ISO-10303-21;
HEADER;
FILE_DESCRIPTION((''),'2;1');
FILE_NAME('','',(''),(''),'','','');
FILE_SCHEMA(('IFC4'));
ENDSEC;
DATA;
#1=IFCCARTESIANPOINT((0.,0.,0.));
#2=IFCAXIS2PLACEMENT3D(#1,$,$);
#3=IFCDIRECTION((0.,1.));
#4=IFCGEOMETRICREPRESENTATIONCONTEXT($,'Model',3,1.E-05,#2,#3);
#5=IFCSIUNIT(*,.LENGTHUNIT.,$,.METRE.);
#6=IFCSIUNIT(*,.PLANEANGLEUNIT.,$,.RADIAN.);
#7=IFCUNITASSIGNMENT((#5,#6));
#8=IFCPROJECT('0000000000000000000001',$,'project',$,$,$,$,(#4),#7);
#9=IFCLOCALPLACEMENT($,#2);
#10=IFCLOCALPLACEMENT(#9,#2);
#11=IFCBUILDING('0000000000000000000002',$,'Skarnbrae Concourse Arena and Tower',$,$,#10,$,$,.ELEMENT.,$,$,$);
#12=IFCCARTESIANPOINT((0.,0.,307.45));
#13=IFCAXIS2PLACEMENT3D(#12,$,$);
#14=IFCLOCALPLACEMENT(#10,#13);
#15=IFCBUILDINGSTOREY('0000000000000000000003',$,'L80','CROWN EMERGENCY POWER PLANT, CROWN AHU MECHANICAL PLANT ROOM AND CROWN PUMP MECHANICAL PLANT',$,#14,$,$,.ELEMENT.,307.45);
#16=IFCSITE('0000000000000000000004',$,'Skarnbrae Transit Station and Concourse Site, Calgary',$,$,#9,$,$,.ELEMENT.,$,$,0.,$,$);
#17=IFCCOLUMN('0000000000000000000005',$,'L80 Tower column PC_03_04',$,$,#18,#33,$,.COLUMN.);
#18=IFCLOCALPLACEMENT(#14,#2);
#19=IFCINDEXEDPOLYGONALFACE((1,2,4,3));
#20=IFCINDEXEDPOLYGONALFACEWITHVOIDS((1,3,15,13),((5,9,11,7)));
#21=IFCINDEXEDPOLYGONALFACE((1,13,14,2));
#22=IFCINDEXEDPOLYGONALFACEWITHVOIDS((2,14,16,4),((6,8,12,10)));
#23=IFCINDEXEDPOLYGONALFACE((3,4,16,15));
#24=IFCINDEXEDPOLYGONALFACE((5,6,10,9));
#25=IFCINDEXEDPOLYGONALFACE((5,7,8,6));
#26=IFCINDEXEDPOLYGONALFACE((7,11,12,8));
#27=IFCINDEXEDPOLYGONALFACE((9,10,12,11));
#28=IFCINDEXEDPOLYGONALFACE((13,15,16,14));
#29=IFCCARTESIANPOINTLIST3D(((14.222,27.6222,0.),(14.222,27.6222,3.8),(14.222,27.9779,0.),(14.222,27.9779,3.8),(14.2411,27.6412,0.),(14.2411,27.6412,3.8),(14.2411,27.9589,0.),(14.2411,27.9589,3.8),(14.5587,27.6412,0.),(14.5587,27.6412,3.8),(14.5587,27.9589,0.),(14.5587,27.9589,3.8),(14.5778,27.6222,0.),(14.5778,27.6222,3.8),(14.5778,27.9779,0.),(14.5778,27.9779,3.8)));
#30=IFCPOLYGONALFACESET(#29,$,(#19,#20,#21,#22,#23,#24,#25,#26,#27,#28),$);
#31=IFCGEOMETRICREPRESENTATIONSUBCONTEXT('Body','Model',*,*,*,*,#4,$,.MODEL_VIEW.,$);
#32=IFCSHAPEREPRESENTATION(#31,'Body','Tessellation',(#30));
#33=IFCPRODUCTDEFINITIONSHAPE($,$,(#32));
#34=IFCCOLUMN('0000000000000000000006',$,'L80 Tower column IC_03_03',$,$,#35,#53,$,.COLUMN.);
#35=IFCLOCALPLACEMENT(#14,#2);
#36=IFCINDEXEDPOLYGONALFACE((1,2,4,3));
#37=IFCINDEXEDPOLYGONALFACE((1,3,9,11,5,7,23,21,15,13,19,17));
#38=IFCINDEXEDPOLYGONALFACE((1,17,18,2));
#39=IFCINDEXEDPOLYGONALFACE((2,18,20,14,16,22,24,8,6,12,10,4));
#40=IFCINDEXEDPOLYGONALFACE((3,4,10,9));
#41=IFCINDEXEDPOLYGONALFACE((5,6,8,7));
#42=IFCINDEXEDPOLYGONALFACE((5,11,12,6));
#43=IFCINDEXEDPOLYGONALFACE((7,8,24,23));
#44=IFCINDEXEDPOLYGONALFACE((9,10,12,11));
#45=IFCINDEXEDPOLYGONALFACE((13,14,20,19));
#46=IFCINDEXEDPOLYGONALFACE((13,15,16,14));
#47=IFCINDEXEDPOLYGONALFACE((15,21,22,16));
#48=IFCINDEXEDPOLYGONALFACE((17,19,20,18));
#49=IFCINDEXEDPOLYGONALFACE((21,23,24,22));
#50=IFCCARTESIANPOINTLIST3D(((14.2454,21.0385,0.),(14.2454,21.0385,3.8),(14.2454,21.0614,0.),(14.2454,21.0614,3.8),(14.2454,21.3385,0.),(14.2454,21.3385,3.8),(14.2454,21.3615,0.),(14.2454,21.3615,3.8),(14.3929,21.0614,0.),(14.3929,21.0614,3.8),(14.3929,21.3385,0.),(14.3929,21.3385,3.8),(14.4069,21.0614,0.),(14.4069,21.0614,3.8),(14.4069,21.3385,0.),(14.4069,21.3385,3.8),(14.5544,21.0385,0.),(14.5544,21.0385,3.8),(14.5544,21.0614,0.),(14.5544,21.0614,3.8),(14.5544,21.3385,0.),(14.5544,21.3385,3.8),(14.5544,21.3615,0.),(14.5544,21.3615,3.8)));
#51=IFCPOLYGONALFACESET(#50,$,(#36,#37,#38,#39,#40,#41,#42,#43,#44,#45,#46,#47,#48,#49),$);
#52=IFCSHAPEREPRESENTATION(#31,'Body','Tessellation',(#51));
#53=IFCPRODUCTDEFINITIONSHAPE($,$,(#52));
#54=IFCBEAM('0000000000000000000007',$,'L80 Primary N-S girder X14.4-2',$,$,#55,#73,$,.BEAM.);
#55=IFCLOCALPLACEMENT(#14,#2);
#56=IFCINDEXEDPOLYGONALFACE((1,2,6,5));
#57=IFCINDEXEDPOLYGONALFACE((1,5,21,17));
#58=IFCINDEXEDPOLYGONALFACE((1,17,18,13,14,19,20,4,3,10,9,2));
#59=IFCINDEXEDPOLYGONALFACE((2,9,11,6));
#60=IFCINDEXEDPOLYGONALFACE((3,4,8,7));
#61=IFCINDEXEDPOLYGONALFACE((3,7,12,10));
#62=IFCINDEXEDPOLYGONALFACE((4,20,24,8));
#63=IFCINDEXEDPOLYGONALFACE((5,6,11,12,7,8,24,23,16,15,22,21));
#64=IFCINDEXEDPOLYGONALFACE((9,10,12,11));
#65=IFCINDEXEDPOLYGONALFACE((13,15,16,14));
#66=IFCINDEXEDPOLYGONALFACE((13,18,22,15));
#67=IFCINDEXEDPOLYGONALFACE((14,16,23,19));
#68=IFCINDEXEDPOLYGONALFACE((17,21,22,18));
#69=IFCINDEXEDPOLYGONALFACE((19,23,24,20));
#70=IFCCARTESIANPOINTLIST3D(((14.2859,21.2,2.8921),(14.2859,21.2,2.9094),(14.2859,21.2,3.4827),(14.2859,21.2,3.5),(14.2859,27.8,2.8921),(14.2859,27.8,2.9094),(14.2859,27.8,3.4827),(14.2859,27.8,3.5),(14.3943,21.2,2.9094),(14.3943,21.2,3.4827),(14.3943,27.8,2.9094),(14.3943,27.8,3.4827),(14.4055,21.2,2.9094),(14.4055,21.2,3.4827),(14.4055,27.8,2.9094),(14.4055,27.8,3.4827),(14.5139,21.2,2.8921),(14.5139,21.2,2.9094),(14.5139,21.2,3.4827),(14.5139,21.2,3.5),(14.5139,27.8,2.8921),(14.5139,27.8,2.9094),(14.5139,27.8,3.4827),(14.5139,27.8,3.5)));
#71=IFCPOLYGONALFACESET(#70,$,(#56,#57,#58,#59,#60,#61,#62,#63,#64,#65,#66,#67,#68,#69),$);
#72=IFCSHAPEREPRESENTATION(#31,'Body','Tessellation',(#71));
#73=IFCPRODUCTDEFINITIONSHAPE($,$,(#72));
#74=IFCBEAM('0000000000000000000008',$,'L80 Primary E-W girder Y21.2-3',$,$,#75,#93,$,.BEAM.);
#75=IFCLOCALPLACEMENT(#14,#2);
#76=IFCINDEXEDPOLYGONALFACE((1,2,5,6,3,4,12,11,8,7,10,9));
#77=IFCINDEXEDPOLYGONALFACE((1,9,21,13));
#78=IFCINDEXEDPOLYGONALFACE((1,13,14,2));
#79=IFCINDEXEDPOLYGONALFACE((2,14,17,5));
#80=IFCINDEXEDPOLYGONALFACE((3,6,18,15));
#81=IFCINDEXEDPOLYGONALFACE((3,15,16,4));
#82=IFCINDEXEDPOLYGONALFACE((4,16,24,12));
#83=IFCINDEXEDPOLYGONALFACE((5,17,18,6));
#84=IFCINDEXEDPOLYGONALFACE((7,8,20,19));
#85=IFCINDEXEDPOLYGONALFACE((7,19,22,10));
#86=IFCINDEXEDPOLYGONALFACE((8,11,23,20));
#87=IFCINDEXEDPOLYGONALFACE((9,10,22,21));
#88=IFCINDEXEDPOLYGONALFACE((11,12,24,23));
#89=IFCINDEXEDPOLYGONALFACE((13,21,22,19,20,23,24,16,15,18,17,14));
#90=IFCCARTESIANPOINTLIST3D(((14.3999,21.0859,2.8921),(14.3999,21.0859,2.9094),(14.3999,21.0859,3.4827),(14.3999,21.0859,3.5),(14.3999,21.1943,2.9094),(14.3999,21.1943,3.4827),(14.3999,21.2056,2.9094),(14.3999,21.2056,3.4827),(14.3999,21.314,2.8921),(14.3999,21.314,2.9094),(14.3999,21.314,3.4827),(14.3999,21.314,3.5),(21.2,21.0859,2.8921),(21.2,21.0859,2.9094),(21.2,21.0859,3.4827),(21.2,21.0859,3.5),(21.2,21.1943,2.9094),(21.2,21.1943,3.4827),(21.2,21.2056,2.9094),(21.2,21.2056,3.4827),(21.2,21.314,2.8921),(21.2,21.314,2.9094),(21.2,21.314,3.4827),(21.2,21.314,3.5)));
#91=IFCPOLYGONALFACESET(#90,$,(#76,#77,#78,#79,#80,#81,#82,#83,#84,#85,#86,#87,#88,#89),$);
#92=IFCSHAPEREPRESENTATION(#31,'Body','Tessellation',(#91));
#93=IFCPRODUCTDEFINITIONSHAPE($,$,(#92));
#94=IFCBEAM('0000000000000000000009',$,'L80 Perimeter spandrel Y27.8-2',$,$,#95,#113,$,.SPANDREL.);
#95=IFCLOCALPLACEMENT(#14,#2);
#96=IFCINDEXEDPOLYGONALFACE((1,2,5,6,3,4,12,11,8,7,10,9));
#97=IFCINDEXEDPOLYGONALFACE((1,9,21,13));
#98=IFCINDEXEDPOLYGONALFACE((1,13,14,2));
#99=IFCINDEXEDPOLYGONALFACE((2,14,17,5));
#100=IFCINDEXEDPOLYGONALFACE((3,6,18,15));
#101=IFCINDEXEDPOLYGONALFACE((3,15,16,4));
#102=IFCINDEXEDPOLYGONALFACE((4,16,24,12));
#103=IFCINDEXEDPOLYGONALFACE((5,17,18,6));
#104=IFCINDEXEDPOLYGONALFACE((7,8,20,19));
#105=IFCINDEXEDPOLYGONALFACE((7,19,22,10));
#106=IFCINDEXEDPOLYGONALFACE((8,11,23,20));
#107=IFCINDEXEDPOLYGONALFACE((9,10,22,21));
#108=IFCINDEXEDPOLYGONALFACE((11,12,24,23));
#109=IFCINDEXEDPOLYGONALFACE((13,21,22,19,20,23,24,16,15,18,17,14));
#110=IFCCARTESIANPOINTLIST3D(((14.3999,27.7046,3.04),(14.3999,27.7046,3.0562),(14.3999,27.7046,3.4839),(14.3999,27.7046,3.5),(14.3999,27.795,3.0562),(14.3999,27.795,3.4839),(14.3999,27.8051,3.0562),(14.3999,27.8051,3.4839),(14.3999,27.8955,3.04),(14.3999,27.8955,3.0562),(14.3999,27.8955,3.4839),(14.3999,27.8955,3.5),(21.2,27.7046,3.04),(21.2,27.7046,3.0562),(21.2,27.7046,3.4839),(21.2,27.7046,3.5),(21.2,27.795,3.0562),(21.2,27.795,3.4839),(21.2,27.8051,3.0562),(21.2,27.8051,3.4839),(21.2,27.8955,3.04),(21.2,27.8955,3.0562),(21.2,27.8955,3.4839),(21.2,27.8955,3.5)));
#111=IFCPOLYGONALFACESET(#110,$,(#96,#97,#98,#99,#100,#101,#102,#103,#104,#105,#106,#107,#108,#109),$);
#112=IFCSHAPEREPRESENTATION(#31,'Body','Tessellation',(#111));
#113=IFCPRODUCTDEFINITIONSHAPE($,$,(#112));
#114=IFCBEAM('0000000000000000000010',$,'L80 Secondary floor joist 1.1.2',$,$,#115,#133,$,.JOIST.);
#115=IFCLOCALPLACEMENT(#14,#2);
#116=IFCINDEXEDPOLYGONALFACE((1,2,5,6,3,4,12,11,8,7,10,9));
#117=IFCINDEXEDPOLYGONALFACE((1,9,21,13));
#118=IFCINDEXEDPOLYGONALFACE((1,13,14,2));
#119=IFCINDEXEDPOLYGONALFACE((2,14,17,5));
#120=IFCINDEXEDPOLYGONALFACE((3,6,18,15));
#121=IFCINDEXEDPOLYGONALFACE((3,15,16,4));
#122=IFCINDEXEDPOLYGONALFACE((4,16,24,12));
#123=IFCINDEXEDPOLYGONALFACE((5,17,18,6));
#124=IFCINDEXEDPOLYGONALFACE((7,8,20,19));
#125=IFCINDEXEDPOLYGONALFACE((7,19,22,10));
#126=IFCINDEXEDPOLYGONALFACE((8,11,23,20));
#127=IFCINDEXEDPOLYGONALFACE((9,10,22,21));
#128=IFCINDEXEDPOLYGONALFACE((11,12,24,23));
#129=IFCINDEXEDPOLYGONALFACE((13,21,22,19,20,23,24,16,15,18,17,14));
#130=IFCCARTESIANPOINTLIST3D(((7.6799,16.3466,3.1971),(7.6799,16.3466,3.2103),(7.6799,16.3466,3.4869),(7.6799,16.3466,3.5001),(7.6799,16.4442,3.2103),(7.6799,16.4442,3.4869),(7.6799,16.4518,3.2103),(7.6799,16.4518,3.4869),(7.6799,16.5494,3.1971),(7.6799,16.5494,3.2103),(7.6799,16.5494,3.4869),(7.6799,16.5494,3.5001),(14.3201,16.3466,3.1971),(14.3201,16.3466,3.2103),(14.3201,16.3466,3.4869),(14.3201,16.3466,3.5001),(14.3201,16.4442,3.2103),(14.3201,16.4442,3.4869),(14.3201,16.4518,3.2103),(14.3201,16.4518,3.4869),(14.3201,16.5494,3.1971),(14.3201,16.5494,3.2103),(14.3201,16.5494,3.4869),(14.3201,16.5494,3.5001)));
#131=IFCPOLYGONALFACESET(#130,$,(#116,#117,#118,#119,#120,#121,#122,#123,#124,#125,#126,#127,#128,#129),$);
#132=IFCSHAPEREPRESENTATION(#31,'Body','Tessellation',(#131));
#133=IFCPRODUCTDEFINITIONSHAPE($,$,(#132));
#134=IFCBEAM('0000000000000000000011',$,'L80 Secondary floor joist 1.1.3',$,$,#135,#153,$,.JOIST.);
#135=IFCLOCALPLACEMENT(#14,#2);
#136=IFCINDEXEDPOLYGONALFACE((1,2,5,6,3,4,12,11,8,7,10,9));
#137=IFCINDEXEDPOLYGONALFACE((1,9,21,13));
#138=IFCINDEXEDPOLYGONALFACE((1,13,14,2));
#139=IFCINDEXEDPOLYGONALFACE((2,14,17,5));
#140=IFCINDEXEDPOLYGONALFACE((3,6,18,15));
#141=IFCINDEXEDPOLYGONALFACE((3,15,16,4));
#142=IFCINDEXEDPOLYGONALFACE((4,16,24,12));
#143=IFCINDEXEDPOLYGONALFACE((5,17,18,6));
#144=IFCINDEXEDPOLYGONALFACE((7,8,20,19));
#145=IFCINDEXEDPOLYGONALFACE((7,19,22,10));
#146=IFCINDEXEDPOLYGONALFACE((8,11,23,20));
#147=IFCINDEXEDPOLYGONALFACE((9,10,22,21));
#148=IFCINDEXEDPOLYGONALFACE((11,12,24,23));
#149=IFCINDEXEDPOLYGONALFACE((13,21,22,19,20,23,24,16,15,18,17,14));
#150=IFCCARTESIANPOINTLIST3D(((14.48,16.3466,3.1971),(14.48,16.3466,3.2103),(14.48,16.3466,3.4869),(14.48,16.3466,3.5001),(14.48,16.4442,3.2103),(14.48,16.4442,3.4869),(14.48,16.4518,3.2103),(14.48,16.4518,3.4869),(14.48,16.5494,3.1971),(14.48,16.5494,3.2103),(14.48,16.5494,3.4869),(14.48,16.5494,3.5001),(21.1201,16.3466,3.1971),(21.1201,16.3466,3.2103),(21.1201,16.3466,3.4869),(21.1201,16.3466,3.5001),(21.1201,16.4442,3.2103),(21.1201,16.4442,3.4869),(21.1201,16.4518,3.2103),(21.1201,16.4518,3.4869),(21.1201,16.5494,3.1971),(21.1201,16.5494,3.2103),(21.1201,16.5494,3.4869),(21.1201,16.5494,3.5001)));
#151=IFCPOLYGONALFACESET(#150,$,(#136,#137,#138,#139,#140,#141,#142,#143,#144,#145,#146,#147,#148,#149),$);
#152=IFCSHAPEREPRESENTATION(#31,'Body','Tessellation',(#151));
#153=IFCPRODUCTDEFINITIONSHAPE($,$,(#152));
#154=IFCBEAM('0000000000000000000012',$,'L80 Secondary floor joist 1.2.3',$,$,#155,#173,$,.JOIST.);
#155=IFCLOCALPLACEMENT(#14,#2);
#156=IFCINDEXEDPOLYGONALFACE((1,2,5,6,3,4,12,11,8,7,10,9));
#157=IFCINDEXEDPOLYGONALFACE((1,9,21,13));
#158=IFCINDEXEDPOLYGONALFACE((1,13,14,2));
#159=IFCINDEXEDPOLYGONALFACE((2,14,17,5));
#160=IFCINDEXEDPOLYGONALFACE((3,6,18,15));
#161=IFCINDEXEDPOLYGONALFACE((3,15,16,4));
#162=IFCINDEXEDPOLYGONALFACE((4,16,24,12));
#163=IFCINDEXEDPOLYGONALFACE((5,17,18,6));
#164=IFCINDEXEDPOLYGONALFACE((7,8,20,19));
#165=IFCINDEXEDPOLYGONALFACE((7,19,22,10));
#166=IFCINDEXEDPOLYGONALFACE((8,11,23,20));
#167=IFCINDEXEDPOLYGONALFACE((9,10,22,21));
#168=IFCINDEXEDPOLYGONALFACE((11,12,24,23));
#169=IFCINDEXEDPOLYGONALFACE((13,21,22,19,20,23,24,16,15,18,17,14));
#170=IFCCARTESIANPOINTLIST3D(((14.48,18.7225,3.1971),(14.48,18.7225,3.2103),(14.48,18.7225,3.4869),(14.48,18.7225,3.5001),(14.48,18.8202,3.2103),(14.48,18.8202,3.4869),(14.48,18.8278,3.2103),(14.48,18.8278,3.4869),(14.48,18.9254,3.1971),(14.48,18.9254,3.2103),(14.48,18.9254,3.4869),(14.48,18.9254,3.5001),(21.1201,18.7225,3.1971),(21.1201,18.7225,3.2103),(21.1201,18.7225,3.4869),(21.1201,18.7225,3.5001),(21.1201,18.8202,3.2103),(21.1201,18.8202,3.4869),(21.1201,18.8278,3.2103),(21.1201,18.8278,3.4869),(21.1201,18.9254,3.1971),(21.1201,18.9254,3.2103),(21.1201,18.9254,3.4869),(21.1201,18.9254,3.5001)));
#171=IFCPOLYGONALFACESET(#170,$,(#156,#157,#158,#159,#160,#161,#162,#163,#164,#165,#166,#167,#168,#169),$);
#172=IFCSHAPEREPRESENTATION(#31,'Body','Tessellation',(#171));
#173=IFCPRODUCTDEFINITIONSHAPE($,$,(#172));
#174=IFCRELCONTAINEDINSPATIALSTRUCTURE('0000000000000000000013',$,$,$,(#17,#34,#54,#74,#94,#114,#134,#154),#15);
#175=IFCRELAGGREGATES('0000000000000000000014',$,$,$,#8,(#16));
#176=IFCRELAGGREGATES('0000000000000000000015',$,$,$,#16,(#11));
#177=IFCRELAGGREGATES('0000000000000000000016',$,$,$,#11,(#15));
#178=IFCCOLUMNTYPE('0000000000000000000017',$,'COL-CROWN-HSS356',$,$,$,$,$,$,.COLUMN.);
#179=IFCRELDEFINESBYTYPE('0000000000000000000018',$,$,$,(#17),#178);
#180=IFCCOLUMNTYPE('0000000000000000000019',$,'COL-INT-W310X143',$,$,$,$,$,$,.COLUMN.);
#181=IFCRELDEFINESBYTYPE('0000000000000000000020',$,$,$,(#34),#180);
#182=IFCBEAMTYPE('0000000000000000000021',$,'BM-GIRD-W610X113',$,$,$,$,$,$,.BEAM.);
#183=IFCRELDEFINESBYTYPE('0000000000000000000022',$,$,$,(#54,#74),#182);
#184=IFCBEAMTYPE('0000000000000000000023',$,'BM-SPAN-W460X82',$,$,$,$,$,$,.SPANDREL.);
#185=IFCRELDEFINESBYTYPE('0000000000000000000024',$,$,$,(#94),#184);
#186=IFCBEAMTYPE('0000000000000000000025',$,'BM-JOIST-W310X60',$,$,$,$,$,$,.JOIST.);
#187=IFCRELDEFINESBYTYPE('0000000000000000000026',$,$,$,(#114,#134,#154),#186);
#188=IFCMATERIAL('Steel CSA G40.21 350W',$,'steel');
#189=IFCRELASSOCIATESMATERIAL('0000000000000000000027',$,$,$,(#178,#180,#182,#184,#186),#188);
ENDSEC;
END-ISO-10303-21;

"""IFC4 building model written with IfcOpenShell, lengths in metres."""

from ifc_helpers import new_model, si_unit, direction, frame, origin, origin_2d, place, context, subcontext, project, spatial, hollow_rectangle, i_section, extrude, source, transform, mapped, material, material_profile, profile_set, type_object, element, save


model = new_model("IFC4")

# Units and contexts
model_context = context("Model", 3, precision=1e-05, world=origin(), true_north=direction((0.0, 1.0)))
body_context = subcontext(model_context, "Body", "Model", "MODEL_VIEW")
ifc_project = project(units=[si_unit("LENGTHUNIT", "METRE"), si_unit("PLANEANGLEUNIT", "RADIAN")], contexts=[model_context])

# Site, building, storey
site_placement = place(None, origin())
site = spatial("IfcSite", under=ifc_project, at=site_placement, Name="Skarnbrae Transit Station and Concourse Site, Calgary", CompositionType="ELEMENT", RefElevation=0.0)
building_placement = place(site_placement, origin())
building = spatial("IfcBuilding", under=site, at=building_placement, Name="Skarnbrae Concourse Arena and Tower", CompositionType="ELEMENT")
storey_placement = place(building_placement, frame((0.0, 0.0, 307.45)))
storey = spatial("IfcBuildingStorey", under=building, at=storey_placement, Name="L80", Description="CROWN EMERGENCY POWER PLANT, CROWN AHU MECHANICAL PLANT ROOM AND CROWN PUMP MECHANICAL PLANT", CompositionType="ELEMENT", Elevation=307.45)

# Columns
ifc_material_1 = material(Name="Steel CSA G40.21 350W", Category="steel")
ifc_material_profile_1 = material_profile(ifc_material_1, hollow_rectangle(XDim=0.3557, YDim=0.3557, WallThickness=0.019, at=origin_2d()), Name="HSS356X356X19.0")
ifc_profile_set_1 = profile_set([ifc_material_profile_1], Name="Steel CSA G40.21 350W")
column_type_1 = type_object("IfcColumnType", Name="COL-CROWN-HSS356", PredefinedType="COLUMN", material=ifc_profile_set_1)
shared_shape_1 = source(origin(), body_context, "Body", "SweptSolid", [
    extrude(hollow_rectangle(XDim=0.3557, YDim=0.3557, WallThickness=0.019, at=origin_2d()), origin(), (0.0, 0.0, 1.0), 3.8),
])
column_1_placement = place(storey_placement, frame((14.3999, 27.8, 0.0), z_axis=(0.0, 0.0, 1.0), x_axis=(1.0, 0.0, 0.0)))
element("IfcColumn", 1, at=column_1_placement, inside=storey, type_object=column_type_1, Name="L80 Tower column PC_03_04", PredefinedType="COLUMN", context=body_context, shape_type="MappedRepresentation", body=[
    mapped(shared_shape_1, transform((0.0, 0.0, 0.0))),
])
ifc_material_profile_2 = material_profile(ifc_material_1, i_section(OverallWidth=0.3091, OverallDepth=0.323, WebThickness=0.0139, FlangeThickness=0.0229, at=origin_2d()), Name="W310X143")
ifc_profile_set_2 = profile_set([ifc_material_profile_2], Name="Steel CSA G40.21 350W")
column_type_2 = type_object("IfcColumnType", Name="COL-INT-W310X143", PredefinedType="COLUMN", material=ifc_profile_set_2)
shared_shape_2 = source(origin(), body_context, "Body", "SweptSolid", [
    extrude(i_section(OverallWidth=0.3091, OverallDepth=0.323, WebThickness=0.0139, FlangeThickness=0.0229, at=origin_2d()), origin(), (0.0, 0.0, 1.0), 3.8),
])
column_2_placement = place(storey_placement, frame((14.3999, 21.2, 0.0), z_axis=(0.0, 0.0, 1.0), x_axis=(1.0, 0.0, 0.0)))
element("IfcColumn", 2, at=column_2_placement, inside=storey, type_object=column_type_2, Name="L80 Tower column IC_03_03", PredefinedType="COLUMN", context=body_context, shape_type="MappedRepresentation", body=[
    mapped(shared_shape_2, transform((0.0, 0.0, 0.0))),
])

# Beams
ifc_material_profile_3 = material_profile(ifc_material_1, i_section(OverallWidth=0.228, OverallDepth=0.6079, WebThickness=0.0112, FlangeThickness=0.0173, at=origin_2d()), Name="W610X113")
ifc_profile_set_3 = profile_set([ifc_material_profile_3], Name="Steel CSA G40.21 350W")
beam_type_1 = type_object("IfcBeamType", Name="BM-GIRD-W610X113", PredefinedType="BEAM", material=ifc_profile_set_3)
shared_shape_3 = source(origin(), body_context, "Body", "SweptSolid", [
    extrude(i_section(OverallWidth=0.228, OverallDepth=0.6079, WebThickness=0.0112, FlangeThickness=0.0173, at=origin_2d()), origin(), (0.0, 0.0, 1.0), 6.6001),
])
beam_1_placement = place(storey_placement, frame((14.3999, 21.2, 3.196), z_axis=(0.0, 1.0, 0.0), x_axis=(-1.0, 0.0, 0.0)))
element("IfcBeam", 3, at=beam_1_placement, inside=storey, type_object=beam_type_1, Name="L80 Primary N-S girder X14.4-2", PredefinedType="BEAM", context=body_context, shape_type="MappedRepresentation", body=[
    mapped(shared_shape_3, transform((0.0, 0.0, 0.0))),
])
shared_shape_4 = source(origin(), body_context, "Body", "SweptSolid", [
    extrude(i_section(OverallWidth=0.228, OverallDepth=0.6079, WebThickness=0.0112, FlangeThickness=0.0173, at=origin_2d()), origin(), (0.0, 0.0, 1.0), 6.8),
])
beam_2_placement = place(storey_placement, frame((14.3999, 21.2, 3.196), z_axis=(1.0, 0.0, 0.0), x_axis=(0.0, 1.0, 0.0)))
element("IfcBeam", 4, at=beam_2_placement, inside=storey, type_object=beam_type_1, Name="L80 Primary E-W girder Y21.2-3", PredefinedType="BEAM", context=body_context, shape_type="MappedRepresentation", body=[
    mapped(shared_shape_4, transform((0.0, 0.0, 0.0))),
])
ifc_material_profile_4 = material_profile(ifc_material_1, i_section(OverallWidth=0.1909, OverallDepth=0.46, WebThickness=0.01, FlangeThickness=0.0161, at=origin_2d()), Name="W460X82")
ifc_profile_set_4 = profile_set([ifc_material_profile_4], Name="Steel CSA G40.21 350W")
beam_type_2 = type_object("IfcBeamType", Name="BM-SPAN-W460X82", PredefinedType="SPANDREL", material=ifc_profile_set_4)
shared_shape_5 = source(origin(), body_context, "Body", "SweptSolid", [
    extrude(i_section(OverallWidth=0.1909, OverallDepth=0.46, WebThickness=0.01, FlangeThickness=0.0161, at=origin_2d()), origin(), (0.0, 0.0, 1.0), 6.8),
])
beam_3_placement = place(storey_placement, frame((14.3999, 27.8, 3.27), z_axis=(1.0, 0.0, 0.0), x_axis=(0.0, 1.0, 0.0)))
element("IfcBeam", 5, at=beam_3_placement, inside=storey, type_object=beam_type_2, Name="L80 Perimeter spandrel Y27.8-2", PredefinedType="SPANDREL", context=body_context, shape_type="MappedRepresentation", body=[
    mapped(shared_shape_5, transform((0.0, 0.0, 0.0))),
])
ifc_material_profile_5 = material_profile(ifc_material_1, i_section(OverallWidth=0.2029, OverallDepth=0.303, WebThickness=0.0076, FlangeThickness=0.0132, at=origin_2d()), Name="W310X60")
ifc_profile_set_5 = profile_set([ifc_material_profile_5], Name="Steel CSA G40.21 350W")
beam_type_3 = type_object("IfcBeamType", Name="BM-JOIST-W310X60", PredefinedType="JOIST", material=ifc_profile_set_5)
shared_shape_6 = source(origin(), body_context, "Body", "SweptSolid", [
    extrude(i_section(OverallWidth=0.2029, OverallDepth=0.303, WebThickness=0.0076, FlangeThickness=0.0132, at=origin_2d()), origin(), (0.0, 0.0, 1.0), 6.6401),
])
for number, where, z_axis, x_axis, name in (
    (6, (7.6799, 16.448, 3.3486), (1.0, 0.0, 0.0), (0.0, 1.0, 0.0), "L80 Secondary floor joist 1.1.2"),
    (7, (14.48, 16.448, 3.3486), (1.0, 0.0, 0.0), (0.0, 1.0, 0.0), "L80 Secondary floor joist 1.1.3"),
    (8, (14.48, 18.824, 3.3486), (1.0, 0.0, 0.0), (0.0, 1.0, 0.0), "L80 Secondary floor joist 1.2.3"),
):
    element("IfcBeam", number, at=place(storey_placement, frame(where, z_axis=z_axis, x_axis=x_axis)), inside=storey, type_object=beam_type_3, Name=name, PredefinedType="JOIST", context=body_context, shape_type="MappedRepresentation", body=[
        mapped(shared_shape_6, transform((0.0, 0.0, 0.0))),
    ])

save(model, "model.ifc")
